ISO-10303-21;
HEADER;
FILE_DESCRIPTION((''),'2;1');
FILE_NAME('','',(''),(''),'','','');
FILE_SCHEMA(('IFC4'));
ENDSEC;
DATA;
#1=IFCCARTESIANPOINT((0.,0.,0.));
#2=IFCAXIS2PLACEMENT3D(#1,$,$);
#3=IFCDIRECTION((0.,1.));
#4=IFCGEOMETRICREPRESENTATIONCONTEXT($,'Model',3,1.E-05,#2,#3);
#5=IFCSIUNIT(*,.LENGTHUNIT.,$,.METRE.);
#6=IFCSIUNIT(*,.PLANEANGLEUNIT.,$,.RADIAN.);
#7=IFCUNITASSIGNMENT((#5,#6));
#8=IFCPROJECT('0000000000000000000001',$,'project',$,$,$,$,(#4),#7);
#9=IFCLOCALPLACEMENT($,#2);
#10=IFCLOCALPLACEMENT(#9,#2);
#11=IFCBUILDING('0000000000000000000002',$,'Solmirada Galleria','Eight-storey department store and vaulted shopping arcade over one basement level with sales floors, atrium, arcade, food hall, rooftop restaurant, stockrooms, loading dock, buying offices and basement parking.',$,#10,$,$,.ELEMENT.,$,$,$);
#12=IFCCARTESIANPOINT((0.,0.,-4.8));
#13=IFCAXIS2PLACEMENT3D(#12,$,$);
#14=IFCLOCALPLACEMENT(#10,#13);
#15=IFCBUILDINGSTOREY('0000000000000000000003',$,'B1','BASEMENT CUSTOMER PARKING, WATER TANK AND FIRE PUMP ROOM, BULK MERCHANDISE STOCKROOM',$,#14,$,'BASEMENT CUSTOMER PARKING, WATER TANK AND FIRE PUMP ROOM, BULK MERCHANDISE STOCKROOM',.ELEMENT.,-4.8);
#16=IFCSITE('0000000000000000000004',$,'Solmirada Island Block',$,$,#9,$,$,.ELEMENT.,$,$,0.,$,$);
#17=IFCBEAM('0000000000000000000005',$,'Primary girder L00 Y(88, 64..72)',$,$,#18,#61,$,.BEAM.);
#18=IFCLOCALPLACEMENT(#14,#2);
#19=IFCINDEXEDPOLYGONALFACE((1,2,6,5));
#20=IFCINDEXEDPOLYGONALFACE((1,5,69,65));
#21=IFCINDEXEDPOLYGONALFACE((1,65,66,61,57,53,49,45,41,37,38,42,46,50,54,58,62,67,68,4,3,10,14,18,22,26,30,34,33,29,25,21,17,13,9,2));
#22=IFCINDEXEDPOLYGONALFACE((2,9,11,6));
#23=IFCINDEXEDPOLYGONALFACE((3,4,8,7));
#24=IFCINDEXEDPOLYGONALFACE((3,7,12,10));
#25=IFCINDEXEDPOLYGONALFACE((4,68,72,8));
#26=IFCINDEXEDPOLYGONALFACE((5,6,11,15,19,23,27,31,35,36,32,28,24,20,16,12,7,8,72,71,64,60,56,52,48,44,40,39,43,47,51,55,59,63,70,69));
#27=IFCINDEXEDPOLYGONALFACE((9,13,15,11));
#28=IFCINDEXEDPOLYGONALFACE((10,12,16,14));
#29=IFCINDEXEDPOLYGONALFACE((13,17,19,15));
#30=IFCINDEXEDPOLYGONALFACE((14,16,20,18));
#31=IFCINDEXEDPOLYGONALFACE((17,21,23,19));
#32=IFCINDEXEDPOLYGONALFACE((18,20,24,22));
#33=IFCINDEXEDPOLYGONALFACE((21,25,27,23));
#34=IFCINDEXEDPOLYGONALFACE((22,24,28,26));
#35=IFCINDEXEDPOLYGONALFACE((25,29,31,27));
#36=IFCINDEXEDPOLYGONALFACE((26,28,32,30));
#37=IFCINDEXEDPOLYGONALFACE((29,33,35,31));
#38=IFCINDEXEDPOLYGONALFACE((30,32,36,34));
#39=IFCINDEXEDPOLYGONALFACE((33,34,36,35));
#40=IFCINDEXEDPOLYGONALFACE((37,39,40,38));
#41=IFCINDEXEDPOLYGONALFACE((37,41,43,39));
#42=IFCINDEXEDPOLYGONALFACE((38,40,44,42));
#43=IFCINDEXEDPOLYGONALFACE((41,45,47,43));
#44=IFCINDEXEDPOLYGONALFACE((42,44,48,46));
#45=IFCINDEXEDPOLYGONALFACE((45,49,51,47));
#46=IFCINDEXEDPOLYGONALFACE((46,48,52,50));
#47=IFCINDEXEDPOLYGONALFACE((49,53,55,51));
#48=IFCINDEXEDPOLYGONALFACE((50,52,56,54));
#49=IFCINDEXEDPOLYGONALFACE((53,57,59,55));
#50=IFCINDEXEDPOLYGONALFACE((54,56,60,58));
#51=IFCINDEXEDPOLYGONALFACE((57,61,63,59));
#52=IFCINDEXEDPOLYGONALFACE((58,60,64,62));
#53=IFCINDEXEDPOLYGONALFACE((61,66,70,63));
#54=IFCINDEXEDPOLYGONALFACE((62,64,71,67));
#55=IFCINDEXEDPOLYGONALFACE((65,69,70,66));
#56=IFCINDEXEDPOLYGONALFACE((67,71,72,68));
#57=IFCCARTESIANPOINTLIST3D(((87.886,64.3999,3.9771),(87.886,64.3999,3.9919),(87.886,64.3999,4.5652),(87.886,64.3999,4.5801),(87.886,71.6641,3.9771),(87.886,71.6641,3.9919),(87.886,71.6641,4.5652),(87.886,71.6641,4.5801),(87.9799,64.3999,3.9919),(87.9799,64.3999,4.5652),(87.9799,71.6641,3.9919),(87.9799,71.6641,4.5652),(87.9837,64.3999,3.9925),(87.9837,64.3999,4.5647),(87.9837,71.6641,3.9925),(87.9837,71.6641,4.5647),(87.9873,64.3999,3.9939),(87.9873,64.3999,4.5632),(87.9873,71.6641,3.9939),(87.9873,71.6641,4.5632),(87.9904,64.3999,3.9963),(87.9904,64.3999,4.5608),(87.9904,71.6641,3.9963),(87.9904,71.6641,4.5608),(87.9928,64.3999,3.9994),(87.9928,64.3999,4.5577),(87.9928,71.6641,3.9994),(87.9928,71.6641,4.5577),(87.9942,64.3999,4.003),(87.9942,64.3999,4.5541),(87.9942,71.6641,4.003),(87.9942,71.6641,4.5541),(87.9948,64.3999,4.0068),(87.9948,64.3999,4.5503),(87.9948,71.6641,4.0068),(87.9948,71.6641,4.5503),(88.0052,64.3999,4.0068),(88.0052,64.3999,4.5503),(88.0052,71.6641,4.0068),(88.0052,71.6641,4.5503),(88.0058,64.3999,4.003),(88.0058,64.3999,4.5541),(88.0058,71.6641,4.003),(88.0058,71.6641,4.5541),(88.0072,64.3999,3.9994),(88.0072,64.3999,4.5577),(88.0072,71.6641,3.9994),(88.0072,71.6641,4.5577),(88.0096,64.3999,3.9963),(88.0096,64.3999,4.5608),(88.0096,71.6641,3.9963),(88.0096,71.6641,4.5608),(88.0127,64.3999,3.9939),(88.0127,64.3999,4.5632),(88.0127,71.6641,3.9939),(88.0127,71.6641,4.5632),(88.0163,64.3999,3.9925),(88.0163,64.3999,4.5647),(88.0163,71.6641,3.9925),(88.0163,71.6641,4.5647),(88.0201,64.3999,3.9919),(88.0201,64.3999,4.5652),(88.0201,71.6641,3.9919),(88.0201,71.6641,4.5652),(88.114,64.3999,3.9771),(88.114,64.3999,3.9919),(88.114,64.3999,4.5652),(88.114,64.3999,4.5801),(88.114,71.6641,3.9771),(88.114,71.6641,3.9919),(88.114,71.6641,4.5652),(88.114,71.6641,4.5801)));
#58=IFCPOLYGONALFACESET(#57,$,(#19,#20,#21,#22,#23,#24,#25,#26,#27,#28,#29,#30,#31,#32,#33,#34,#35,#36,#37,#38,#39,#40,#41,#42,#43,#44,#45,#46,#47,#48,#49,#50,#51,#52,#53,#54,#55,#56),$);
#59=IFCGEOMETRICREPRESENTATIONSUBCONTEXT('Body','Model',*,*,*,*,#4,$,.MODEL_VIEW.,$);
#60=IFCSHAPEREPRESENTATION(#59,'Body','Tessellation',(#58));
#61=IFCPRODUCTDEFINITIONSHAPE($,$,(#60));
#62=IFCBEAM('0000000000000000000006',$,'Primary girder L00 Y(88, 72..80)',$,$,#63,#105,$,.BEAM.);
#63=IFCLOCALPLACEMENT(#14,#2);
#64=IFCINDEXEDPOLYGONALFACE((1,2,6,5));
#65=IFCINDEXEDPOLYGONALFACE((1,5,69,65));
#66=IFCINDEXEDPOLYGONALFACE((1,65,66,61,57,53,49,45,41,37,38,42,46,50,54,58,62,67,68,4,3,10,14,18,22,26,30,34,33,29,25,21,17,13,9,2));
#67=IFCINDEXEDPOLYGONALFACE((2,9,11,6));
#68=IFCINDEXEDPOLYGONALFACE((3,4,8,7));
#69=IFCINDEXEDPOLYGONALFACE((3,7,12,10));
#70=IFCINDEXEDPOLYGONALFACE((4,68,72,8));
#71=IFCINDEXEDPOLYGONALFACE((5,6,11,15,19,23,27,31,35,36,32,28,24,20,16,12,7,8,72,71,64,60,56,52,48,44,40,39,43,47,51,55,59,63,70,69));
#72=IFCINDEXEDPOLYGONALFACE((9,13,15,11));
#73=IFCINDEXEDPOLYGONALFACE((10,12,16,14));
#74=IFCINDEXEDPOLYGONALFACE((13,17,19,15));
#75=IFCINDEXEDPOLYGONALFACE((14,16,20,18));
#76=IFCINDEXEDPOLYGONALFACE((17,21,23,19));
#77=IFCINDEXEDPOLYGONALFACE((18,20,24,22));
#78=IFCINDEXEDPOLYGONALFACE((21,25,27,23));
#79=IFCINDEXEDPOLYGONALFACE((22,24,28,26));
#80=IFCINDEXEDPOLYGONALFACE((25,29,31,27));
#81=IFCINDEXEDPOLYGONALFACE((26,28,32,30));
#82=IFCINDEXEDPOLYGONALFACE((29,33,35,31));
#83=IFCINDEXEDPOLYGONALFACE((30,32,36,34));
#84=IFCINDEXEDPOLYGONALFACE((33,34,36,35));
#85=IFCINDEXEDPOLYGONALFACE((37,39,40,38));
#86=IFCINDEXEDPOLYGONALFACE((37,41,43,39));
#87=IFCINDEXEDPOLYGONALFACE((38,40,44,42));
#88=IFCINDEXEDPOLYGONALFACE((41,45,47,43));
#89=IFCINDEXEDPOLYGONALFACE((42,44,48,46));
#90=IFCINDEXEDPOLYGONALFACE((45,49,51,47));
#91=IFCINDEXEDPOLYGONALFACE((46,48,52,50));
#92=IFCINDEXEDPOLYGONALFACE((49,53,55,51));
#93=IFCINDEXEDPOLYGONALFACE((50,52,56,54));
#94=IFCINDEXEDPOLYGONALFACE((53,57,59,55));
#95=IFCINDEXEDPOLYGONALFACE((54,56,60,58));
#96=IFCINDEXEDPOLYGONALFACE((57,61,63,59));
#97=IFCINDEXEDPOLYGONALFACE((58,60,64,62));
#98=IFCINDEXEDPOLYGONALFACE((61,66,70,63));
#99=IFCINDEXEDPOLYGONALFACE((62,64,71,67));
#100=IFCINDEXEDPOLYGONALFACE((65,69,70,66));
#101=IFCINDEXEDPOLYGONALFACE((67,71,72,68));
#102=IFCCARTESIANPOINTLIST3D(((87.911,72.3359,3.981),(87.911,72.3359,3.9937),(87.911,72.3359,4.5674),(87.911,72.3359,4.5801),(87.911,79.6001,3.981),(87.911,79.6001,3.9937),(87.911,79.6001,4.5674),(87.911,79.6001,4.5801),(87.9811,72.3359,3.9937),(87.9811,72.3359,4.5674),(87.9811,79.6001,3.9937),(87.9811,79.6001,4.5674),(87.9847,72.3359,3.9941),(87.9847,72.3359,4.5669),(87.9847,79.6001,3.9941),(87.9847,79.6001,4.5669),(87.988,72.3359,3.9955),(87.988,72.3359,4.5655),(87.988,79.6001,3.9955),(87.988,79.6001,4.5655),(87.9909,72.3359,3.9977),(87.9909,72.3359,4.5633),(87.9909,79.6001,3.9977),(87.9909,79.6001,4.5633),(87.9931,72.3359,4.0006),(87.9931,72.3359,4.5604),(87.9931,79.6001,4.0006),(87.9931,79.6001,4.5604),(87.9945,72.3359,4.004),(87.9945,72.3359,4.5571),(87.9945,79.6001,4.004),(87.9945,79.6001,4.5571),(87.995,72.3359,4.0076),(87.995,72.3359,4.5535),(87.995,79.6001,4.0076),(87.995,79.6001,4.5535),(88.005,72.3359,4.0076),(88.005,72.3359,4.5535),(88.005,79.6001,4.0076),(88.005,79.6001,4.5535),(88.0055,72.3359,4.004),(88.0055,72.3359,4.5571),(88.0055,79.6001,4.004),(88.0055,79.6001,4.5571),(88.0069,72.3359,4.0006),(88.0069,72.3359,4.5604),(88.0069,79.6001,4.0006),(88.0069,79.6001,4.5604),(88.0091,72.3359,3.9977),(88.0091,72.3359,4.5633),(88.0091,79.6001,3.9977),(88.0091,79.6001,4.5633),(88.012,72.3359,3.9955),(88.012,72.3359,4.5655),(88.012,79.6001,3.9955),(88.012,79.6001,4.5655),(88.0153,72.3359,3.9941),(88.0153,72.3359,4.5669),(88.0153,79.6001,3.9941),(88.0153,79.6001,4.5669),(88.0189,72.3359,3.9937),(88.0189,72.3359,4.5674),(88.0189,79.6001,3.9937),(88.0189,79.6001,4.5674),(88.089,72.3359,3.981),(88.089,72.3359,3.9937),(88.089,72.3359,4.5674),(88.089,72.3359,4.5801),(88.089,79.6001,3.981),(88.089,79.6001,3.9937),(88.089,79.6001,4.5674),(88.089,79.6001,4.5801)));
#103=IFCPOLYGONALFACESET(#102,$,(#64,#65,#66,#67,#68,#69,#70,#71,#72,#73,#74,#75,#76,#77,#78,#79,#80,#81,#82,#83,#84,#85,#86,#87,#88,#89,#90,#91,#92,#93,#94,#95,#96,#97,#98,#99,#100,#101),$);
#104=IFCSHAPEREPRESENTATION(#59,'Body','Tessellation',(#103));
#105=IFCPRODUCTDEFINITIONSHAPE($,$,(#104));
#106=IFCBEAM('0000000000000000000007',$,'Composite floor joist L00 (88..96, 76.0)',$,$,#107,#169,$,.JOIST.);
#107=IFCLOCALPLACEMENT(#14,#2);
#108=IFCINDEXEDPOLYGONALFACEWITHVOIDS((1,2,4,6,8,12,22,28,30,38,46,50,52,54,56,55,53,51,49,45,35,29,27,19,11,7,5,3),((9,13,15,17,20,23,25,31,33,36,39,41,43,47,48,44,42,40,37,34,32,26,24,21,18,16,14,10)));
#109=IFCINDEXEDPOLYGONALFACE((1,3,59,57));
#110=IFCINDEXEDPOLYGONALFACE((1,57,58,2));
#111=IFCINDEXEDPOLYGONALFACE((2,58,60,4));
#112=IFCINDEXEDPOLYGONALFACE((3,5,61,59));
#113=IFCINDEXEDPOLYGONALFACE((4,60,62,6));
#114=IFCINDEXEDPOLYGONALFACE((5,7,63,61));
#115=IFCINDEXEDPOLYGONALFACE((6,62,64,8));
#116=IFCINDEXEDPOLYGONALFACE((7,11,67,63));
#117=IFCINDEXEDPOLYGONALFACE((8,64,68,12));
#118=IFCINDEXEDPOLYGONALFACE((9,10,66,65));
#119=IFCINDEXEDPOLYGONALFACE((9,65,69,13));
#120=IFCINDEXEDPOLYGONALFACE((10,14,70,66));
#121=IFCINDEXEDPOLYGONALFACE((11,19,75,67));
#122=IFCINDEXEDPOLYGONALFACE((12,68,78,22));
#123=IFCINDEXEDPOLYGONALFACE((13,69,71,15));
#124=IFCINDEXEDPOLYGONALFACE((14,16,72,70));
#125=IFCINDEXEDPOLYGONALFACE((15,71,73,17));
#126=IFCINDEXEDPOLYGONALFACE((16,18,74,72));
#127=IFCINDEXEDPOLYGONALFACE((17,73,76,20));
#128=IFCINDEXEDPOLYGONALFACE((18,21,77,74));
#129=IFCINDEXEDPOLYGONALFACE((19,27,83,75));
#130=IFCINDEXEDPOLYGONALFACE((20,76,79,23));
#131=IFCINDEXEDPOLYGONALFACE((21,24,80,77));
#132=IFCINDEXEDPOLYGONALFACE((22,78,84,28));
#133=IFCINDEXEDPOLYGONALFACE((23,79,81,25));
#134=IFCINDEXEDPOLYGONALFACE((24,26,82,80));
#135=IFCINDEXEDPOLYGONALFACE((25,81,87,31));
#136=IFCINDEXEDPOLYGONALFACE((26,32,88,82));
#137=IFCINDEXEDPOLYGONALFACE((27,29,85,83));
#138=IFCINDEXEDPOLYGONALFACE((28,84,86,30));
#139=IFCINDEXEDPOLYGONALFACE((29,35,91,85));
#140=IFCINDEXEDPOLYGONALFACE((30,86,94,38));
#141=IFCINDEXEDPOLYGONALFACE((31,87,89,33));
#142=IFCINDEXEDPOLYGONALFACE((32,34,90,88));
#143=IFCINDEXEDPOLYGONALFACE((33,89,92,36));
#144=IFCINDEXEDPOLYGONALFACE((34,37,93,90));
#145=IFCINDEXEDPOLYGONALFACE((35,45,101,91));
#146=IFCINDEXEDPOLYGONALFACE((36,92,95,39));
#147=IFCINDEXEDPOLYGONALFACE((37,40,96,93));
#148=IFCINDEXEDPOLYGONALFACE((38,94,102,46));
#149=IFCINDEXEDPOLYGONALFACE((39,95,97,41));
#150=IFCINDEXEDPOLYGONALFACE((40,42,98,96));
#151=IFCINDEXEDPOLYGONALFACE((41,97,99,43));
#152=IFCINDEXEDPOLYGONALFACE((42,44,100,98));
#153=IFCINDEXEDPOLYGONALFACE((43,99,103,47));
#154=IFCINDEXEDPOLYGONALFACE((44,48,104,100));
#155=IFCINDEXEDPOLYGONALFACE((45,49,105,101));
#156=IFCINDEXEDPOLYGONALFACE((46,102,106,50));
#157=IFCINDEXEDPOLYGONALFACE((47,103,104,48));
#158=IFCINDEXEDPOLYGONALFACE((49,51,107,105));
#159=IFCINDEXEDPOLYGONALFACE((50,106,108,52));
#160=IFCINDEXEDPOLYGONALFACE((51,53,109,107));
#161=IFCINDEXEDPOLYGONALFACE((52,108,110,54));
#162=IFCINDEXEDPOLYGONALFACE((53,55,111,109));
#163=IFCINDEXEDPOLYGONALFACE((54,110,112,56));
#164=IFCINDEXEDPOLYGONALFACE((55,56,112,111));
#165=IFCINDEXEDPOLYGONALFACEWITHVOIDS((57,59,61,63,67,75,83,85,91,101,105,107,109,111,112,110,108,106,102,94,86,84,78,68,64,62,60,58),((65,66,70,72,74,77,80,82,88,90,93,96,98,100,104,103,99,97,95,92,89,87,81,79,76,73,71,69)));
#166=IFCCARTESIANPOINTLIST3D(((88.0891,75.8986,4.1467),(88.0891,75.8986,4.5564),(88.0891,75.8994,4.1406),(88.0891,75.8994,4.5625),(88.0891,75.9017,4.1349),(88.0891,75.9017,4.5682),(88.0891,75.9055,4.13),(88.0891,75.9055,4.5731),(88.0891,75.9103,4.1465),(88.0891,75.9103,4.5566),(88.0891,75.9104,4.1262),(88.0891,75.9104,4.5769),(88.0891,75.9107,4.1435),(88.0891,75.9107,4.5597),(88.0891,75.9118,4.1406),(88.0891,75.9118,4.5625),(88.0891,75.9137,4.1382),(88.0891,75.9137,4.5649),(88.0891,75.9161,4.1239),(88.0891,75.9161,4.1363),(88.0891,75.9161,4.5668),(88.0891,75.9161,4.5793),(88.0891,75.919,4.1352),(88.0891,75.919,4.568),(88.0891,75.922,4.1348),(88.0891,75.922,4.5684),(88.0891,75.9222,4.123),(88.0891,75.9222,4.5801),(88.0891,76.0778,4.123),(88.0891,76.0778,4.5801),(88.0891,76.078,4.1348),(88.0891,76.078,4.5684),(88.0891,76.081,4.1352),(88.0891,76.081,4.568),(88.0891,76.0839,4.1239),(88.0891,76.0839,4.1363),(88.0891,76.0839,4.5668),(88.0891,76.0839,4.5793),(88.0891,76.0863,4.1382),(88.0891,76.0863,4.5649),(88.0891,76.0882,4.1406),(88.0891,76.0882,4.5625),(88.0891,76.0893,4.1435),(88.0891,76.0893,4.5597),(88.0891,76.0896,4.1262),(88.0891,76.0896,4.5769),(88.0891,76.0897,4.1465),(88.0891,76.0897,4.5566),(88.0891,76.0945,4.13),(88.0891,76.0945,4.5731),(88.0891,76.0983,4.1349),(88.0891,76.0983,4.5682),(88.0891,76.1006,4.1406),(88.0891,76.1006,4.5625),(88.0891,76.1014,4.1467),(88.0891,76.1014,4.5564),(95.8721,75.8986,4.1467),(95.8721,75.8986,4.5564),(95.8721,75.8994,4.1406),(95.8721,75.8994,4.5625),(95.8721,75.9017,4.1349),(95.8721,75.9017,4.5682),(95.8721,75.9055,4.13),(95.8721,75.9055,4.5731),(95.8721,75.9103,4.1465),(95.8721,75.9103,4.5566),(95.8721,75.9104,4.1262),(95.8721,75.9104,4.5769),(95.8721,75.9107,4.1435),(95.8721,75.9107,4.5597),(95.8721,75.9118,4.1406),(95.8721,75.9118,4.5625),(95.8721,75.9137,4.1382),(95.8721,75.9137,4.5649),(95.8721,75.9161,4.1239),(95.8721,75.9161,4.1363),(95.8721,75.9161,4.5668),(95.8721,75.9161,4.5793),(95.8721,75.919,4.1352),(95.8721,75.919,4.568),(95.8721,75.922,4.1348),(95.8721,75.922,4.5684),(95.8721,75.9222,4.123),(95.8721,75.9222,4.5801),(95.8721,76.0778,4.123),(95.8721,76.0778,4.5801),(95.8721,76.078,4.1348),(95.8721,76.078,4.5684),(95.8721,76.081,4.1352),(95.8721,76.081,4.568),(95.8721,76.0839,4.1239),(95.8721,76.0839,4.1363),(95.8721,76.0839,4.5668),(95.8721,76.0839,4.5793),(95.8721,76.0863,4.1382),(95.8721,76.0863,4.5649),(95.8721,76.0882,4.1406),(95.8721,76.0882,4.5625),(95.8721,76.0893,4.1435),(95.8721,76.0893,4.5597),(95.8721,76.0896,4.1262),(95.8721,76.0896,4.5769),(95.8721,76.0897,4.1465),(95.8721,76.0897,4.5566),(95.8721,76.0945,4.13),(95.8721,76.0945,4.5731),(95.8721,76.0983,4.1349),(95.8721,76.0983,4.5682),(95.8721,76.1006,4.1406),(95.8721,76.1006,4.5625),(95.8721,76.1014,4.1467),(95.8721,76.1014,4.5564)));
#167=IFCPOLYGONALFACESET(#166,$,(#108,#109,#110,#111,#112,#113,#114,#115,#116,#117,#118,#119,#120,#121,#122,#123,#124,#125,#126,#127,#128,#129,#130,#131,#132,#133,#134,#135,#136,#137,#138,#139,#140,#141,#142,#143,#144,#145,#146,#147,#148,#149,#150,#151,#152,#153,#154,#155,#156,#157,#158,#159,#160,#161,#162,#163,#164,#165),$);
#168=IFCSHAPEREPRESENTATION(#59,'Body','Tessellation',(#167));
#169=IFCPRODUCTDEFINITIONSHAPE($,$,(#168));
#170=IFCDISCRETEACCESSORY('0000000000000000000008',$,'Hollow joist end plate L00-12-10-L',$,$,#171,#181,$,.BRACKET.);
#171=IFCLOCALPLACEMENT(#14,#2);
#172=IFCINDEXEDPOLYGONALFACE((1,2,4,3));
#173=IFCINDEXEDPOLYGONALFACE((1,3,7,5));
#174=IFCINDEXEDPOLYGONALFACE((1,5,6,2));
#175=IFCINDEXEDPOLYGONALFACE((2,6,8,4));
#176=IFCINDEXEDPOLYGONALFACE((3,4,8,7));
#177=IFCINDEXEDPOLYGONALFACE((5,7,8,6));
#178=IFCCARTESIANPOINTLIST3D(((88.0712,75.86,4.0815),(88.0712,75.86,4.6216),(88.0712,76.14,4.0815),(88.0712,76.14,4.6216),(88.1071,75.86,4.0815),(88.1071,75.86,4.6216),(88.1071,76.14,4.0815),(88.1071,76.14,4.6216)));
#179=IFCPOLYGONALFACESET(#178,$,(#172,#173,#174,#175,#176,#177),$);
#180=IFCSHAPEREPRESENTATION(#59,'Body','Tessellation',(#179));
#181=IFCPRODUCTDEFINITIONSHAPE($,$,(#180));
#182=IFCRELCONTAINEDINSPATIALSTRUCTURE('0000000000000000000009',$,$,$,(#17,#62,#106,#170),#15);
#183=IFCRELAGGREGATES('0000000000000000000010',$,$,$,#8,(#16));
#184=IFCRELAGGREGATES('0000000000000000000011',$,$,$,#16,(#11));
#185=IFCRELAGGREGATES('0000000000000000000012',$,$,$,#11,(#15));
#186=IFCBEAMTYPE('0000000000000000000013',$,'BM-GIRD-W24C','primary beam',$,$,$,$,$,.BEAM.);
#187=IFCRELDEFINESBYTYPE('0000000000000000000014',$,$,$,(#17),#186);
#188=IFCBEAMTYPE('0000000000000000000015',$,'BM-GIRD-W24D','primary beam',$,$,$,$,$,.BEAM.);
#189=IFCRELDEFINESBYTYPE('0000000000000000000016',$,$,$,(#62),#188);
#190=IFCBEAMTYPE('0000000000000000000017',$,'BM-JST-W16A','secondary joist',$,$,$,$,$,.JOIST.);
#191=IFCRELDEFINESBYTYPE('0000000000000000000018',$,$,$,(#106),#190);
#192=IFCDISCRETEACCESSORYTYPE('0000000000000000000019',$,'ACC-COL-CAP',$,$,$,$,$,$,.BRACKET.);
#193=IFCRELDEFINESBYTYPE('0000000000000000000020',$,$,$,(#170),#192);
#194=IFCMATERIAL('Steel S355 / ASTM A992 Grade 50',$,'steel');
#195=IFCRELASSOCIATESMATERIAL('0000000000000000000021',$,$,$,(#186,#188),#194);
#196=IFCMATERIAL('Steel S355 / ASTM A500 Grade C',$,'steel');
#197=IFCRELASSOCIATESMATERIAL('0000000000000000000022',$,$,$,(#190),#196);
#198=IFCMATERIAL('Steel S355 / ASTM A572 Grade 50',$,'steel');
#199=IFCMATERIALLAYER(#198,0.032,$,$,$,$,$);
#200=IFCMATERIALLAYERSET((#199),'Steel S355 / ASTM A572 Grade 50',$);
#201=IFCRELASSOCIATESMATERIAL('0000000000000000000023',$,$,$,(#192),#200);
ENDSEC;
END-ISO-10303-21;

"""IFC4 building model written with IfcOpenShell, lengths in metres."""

from ifc_helpers import new_model, si_unit, direction, frame, origin, origin_2d, place, context, subcontext, project, spatial, rectangle, hollow_rectangle, i_section, extrude, material, layer, layer_set, material_profile, profile_set, type_object, element, save


model = new_model("IFC4")

# Units and contexts
model_context = context("Model", 3, precision=1e-05, world=origin(), true_north=direction((0.0, 1.0)))
body_context = subcontext(model_context, "Body", "Model", "MODEL_VIEW")
ifc_project = project(units=[si_unit("LENGTHUNIT", "METRE"), si_unit("PLANEANGLEUNIT", "RADIAN")], contexts=[model_context])

# Site, building, storey
site_placement = place(None, origin())
site = spatial("IfcSite", under=ifc_project, at=site_placement, Name="Solmirada Island Block", CompositionType="ELEMENT", RefElevation=0.0)
building_placement = place(site_placement, origin())
building = spatial("IfcBuilding", under=site, at=building_placement, Name="Solmirada Galleria", Description="Eight-storey department store and vaulted shopping arcade over one basement level with sales floors, atrium, arcade, food hall, rooftop restaurant, stockrooms, loading dock, buying offices and basement parking.", CompositionType="ELEMENT")
storey_placement = place(building_placement, frame((0.0, 0.0, -4.8)))
storey = spatial("IfcBuildingStorey", under=building, at=storey_placement, Name="B1", Description="BASEMENT CUSTOMER PARKING, WATER TANK AND FIRE PUMP ROOM, BULK MERCHANDISE STOCKROOM", LongName="BASEMENT CUSTOMER PARKING, WATER TANK AND FIRE PUMP ROOM, BULK MERCHANDISE STOCKROOM", CompositionType="ELEMENT", Elevation=-4.8)

# Beams
ifc_material_1 = material(Name="Steel S355 / ASTM A992 Grade 50", Category="steel")
ifc_material_profile_1 = material_profile(ifc_material_1, i_section(OverallWidth=0.228, OverallDepth=0.603, WebThickness=0.0105, FlangeThickness=0.0149, FilletRadius=0.0149, at=origin_2d()), Name="W24X68")
ifc_profile_set_1 = profile_set([ifc_material_profile_1], Name="Steel S355 / ASTM A992 Grade 50")
beam_type_1 = type_object("IfcBeamType", Name="BM-GIRD-W24C", Description="primary beam", PredefinedType="BEAM", material=ifc_profile_set_1)
beam_1_placement = place(storey_placement, frame((88.0, 64.3999, 4.2786), z_axis=(0.0, 1.0, 0.0), x_axis=(-1.0, 0.0, 0.0)))
element("IfcBeam", 1, at=beam_1_placement, inside=storey, type_object=beam_type_1, Name="Primary girder L00 Y(88, 64..72)", PredefinedType="BEAM", context=body_context, shape_type="SweptSolid", body=[
    extrude(i_section(OverallWidth=0.228, OverallDepth=0.603, WebThickness=0.0105, FlangeThickness=0.0149, FilletRadius=0.0149, at=origin_2d()), origin(), (0.0, 0.0, 1.0), 7.2642),
])
ifc_material_profile_2 = material_profile(ifc_material_1, i_section(OverallWidth=0.178, OverallDepth=0.5991, WebThickness=0.01, FlangeThickness=0.0127, FilletRadius=0.0139, at=origin_2d()), Name="W24X55")
ifc_profile_set_2 = profile_set([ifc_material_profile_2], Name="Steel S355 / ASTM A992 Grade 50")
beam_type_2 = type_object("IfcBeamType", Name="BM-GIRD-W24D", Description="primary beam", PredefinedType="BEAM", material=ifc_profile_set_2)
beam_2_placement = place(storey_placement, frame((88.0, 72.3359, 4.2805), z_axis=(0.0, 1.0, 0.0), x_axis=(-1.0, 0.0, 0.0)))
element("IfcBeam", 2, at=beam_2_placement, inside=storey, type_object=beam_type_2, Name="Primary girder L00 Y(88, 72..80)", PredefinedType="BEAM", context=body_context, shape_type="SweptSolid", body=[
    extrude(i_section(OverallWidth=0.178, OverallDepth=0.5991, WebThickness=0.01, FlangeThickness=0.0127, FilletRadius=0.0139, at=origin_2d()), origin(), (0.0, 0.0, 1.0), 7.2642),
])
ifc_material_2 = material(Name="Steel S355 / ASTM A500 Grade C", Category="steel")
ifc_material_profile_3 = material_profile(ifc_material_2, hollow_rectangle(XDim=0.2029, YDim=0.457, WallThickness=0.0117, InnerFilletRadius=0.0117, OuterFilletRadius=0.0237, at=origin_2d()), Name="HSS18X8X1/2")
ifc_profile_set_3 = profile_set([ifc_material_profile_3], Name="Steel S355 / ASTM A500 Grade C")
beam_type_3 = type_object("IfcBeamType", Name="BM-JST-W16A", Description="secondary joist", PredefinedType="JOIST", material=ifc_profile_set_3)
beam_3_placement = place(storey_placement, frame((88.0891, 76.0, 4.3516), z_axis=(1.0, 0.0, 0.0), x_axis=(0.0, 1.0, 0.0)))
element("IfcBeam", 3, at=beam_3_placement, inside=storey, type_object=beam_type_3, Name="Composite floor joist L00 (88..96, 76.0)", PredefinedType="JOIST", context=body_context, shape_type="SweptSolid", body=[
    extrude(hollow_rectangle(XDim=0.2029, YDim=0.457, WallThickness=0.0117, InnerFilletRadius=0.0117, OuterFilletRadius=0.0237, at=origin_2d()), origin(), (0.0, 0.0, 1.0), 7.783),
])

# Discrete accessory
ifc_material_3 = material(Name="Steel S355 / ASTM A572 Grade 50", Category="steel")
ifc_layer = layer(ifc_material_3, 0.032)
ifc_layer_set = layer_set([ifc_layer], Name="Steel S355 / ASTM A572 Grade 50")
discrete_accessory_type = type_object("IfcDiscreteAccessoryType", Name="ACC-COL-CAP", PredefinedType="BRACKET", material=ifc_layer_set)
discrete_accessory_placement = place(storey_placement, frame((88.0891, 76.0, 4.0815), z_axis=(0.0, 0.0, 1.0), x_axis=(1.0, 0.0, 0.0)))
element("IfcDiscreteAccessory", 4, at=discrete_accessory_placement, inside=storey, type_object=discrete_accessory_type, Name="Hollow joist end plate L00-12-10-L", PredefinedType="BRACKET", context=body_context, shape_type="SweptSolid", body=[
    extrude(rectangle(XDim=0.0359, YDim=0.28, at=origin_2d()), origin(), (0.0, 0.0, 1.0), 0.54),
])

save(model, "model.ifc")
